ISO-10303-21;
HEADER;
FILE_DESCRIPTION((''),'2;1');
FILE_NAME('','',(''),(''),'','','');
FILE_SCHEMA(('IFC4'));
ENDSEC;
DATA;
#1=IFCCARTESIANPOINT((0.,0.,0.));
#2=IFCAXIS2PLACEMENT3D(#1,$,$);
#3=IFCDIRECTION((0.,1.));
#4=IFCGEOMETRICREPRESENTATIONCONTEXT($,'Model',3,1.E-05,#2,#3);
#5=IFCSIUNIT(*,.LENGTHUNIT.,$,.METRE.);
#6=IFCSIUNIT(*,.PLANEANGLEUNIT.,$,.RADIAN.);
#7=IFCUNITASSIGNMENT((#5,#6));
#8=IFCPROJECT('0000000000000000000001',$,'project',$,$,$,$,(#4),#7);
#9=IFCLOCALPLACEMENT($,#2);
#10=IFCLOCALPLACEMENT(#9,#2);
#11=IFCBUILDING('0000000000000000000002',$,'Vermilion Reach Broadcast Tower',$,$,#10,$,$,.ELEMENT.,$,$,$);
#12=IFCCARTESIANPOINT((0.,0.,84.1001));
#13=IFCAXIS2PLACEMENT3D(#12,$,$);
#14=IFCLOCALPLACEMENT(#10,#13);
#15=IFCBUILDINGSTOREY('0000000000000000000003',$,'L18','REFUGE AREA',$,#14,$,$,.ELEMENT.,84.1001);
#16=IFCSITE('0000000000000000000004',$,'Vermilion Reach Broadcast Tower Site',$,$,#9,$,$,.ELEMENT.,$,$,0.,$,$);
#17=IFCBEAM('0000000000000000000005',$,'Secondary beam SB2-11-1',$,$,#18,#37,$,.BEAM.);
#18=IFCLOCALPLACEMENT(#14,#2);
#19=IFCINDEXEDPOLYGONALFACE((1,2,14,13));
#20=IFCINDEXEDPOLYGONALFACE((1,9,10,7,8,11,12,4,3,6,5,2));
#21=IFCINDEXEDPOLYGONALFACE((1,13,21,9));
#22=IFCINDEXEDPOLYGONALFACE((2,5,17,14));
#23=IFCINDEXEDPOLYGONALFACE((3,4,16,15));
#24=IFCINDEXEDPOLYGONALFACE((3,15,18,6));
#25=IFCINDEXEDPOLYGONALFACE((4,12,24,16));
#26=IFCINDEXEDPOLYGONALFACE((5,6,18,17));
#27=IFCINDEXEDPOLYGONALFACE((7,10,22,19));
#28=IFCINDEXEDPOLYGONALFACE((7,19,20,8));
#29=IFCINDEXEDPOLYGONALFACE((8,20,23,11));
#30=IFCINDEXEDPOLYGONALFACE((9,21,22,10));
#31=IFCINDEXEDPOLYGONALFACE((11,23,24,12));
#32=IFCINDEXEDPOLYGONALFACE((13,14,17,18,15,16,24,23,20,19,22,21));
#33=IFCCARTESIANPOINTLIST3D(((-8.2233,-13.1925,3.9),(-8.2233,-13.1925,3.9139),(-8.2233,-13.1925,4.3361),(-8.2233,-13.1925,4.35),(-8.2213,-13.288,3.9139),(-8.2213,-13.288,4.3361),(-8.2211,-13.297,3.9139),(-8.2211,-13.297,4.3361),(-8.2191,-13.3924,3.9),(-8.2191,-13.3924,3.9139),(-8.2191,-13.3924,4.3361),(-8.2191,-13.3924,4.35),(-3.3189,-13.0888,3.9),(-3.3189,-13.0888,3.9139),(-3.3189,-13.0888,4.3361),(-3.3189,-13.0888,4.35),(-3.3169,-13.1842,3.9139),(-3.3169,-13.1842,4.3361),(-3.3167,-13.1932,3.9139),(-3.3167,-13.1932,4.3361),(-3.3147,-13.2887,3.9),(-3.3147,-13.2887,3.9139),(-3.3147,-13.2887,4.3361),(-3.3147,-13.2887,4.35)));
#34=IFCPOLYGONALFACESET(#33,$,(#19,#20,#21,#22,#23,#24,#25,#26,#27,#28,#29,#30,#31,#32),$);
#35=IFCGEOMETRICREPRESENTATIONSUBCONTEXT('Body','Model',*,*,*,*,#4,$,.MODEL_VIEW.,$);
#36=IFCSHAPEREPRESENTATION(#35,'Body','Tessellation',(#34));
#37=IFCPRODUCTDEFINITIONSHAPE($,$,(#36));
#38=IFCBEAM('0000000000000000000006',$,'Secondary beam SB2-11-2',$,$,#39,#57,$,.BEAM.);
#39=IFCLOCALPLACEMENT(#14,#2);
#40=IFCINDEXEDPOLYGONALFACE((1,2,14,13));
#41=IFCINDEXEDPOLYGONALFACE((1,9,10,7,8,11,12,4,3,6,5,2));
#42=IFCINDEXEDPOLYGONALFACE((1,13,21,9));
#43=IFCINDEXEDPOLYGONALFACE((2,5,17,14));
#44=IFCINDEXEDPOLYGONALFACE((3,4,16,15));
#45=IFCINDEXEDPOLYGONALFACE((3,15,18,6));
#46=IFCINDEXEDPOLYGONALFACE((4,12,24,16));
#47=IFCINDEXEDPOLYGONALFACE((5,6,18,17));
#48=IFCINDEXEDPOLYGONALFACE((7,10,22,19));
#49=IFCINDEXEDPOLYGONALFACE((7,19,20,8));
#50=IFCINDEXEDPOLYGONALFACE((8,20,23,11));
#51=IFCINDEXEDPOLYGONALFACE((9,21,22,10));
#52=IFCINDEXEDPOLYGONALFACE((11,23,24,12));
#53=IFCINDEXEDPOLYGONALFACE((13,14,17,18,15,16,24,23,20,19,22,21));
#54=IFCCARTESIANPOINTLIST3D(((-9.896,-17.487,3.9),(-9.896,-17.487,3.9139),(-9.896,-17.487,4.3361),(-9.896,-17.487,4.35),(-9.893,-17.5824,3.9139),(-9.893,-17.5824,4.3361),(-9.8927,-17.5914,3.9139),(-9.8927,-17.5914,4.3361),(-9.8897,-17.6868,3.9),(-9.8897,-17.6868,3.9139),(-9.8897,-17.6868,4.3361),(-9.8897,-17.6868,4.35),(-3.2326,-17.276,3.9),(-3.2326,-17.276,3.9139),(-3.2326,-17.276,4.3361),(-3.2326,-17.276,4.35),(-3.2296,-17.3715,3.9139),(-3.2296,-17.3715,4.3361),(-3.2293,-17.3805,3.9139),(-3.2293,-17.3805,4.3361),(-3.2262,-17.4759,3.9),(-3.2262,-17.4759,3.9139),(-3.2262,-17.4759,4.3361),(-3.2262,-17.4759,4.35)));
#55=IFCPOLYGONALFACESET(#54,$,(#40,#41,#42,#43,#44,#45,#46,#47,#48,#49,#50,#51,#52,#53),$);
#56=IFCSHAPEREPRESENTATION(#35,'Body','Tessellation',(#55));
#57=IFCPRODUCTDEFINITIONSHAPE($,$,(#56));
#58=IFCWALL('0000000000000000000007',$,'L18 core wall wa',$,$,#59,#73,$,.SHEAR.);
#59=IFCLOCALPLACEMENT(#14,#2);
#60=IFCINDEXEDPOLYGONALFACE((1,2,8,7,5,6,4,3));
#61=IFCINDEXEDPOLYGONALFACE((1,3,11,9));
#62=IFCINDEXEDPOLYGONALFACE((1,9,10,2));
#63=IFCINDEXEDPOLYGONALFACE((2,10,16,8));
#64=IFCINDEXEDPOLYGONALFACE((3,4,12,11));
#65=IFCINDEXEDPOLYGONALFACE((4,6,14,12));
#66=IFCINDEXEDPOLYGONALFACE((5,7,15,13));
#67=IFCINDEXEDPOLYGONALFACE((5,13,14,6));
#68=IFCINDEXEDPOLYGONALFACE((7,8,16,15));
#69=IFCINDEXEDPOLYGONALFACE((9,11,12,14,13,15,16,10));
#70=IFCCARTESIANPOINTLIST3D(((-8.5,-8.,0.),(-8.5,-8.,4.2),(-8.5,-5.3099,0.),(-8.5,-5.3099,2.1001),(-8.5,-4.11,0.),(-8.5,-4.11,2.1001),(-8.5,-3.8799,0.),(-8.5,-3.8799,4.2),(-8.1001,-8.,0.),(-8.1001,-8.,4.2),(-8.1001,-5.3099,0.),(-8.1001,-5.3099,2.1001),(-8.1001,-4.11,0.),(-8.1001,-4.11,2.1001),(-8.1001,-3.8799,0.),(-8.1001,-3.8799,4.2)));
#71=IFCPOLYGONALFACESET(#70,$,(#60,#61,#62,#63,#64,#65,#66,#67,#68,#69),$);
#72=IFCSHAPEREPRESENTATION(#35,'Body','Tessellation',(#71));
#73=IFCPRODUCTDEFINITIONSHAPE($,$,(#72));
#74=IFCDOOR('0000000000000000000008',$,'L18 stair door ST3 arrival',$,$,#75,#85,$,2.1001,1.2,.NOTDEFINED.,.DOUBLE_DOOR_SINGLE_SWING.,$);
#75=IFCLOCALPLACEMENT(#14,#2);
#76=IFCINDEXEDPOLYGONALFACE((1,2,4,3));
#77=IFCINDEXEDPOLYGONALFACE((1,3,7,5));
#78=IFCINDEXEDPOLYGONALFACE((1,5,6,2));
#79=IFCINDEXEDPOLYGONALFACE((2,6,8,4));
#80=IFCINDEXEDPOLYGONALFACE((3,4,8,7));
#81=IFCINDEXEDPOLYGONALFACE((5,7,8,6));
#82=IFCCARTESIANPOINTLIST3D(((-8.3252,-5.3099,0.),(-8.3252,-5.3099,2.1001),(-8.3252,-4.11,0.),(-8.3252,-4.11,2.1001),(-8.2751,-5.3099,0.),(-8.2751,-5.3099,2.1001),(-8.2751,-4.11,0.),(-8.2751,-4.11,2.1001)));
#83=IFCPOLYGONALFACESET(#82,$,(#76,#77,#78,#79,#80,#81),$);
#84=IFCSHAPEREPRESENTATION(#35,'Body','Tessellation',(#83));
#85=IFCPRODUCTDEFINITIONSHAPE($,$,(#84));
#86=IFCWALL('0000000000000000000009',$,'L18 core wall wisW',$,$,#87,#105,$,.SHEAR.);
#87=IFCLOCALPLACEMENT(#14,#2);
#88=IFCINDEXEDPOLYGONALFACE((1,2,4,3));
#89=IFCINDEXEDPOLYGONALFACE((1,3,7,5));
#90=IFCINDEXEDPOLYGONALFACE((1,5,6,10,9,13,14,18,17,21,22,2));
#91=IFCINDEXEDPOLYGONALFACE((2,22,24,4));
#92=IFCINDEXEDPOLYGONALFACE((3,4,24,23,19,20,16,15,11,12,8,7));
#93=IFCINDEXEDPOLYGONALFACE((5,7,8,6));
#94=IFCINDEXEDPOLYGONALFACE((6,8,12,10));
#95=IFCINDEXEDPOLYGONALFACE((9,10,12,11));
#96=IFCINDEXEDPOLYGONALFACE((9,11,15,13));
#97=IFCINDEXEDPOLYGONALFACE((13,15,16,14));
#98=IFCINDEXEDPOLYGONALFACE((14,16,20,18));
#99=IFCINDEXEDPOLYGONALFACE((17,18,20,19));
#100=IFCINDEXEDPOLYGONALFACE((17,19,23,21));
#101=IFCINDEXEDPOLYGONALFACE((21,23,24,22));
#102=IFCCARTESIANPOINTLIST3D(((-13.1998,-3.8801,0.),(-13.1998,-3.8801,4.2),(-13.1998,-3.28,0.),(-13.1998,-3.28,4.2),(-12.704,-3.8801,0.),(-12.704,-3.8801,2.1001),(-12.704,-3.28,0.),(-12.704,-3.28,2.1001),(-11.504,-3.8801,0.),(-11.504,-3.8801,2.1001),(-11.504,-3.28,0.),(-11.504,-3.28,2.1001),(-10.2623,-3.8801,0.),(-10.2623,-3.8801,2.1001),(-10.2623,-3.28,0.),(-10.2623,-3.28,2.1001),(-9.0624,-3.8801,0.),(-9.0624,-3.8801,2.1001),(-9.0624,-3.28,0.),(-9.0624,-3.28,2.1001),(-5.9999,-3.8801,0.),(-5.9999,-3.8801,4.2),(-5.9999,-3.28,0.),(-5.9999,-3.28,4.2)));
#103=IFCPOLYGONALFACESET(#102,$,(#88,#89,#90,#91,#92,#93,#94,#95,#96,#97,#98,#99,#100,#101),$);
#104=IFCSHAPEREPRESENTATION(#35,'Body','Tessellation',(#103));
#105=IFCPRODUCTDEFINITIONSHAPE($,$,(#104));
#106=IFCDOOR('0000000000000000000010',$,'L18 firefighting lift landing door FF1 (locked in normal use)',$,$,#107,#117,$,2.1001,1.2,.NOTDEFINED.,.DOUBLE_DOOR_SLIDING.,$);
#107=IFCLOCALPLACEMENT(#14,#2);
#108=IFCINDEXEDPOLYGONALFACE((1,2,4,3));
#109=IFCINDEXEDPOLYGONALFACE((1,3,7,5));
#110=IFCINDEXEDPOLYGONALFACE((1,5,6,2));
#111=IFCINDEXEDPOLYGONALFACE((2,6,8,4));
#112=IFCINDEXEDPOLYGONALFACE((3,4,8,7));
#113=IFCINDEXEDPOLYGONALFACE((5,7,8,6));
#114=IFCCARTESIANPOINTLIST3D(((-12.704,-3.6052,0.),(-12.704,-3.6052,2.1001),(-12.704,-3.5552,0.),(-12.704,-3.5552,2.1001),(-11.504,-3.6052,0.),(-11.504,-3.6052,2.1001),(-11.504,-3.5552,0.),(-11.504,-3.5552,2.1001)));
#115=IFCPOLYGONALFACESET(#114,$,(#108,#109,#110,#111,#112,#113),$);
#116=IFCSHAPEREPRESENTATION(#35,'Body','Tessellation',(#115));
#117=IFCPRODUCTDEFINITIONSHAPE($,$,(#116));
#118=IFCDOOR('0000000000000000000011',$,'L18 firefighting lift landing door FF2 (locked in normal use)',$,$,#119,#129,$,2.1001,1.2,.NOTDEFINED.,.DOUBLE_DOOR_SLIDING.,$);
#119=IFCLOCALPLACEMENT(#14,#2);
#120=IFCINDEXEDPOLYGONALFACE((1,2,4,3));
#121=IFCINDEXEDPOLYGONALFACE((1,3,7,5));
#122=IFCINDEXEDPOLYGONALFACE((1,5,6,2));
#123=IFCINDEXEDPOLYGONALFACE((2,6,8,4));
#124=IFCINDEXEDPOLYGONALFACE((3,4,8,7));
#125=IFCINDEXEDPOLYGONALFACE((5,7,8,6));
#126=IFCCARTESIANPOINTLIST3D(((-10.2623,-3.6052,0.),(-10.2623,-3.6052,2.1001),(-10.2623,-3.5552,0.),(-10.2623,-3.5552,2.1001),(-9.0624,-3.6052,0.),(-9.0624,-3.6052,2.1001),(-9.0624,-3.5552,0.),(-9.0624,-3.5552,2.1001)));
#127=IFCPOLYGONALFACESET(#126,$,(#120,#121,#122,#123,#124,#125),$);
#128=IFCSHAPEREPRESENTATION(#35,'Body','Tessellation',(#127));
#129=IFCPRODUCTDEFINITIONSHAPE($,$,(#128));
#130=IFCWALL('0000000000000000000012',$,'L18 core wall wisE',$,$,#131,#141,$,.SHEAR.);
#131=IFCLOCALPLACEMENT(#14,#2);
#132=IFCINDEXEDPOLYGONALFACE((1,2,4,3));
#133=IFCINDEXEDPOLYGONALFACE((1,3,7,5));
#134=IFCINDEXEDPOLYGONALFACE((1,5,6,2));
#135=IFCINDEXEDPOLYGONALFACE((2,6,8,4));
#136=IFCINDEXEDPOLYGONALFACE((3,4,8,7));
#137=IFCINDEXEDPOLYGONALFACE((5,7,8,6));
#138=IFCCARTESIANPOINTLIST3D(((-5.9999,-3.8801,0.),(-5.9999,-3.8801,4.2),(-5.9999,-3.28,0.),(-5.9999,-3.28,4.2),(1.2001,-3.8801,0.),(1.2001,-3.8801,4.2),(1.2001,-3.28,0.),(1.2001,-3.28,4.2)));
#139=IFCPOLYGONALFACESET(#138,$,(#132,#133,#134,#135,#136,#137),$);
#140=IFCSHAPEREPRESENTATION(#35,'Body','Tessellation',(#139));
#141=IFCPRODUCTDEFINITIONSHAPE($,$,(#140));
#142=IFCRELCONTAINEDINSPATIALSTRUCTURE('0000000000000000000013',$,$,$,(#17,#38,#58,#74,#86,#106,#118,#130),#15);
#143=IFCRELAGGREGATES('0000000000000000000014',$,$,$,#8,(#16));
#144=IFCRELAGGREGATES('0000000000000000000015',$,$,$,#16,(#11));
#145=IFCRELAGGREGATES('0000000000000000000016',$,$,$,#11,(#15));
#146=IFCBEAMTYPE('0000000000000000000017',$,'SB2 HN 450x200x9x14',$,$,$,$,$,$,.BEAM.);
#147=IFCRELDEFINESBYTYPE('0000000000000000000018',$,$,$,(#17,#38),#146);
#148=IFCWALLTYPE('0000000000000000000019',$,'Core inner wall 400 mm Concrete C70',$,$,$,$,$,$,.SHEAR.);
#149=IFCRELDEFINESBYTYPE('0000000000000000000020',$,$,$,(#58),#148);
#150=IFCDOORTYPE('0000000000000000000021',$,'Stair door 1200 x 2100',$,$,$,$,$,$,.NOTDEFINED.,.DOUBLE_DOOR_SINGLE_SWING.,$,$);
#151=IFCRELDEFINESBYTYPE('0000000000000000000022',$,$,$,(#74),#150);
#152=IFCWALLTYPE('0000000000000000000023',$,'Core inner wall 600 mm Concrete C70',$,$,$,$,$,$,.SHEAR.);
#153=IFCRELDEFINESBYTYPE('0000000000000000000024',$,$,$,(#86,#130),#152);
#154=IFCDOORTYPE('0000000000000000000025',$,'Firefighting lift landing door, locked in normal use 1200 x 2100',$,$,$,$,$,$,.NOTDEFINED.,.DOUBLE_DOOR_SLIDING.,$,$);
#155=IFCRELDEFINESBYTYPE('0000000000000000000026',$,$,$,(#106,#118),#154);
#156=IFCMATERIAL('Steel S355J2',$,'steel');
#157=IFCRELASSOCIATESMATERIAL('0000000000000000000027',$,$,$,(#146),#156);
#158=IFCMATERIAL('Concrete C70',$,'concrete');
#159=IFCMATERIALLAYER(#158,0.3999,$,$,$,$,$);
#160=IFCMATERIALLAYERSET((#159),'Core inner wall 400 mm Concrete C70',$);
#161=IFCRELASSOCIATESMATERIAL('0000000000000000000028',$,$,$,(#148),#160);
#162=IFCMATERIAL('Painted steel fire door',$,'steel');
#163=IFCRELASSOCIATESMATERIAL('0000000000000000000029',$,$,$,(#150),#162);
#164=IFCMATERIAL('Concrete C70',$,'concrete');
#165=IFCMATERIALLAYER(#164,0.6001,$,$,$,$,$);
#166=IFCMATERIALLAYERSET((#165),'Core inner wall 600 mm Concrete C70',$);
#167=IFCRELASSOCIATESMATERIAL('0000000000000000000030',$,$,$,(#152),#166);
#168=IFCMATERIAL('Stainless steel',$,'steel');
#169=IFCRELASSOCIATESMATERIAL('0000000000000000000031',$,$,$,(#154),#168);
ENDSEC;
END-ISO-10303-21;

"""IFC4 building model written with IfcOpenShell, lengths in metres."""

from ifc_helpers import new_model, si_unit, direction, frame, frame_2d, origin, origin_2d, place, context, subcontext, project, spatial, rectangle, i_section, extrude, material, layer, layer_set, material_profile, profile_set, type_object, element, fill, save


model = new_model("IFC4")

# Units and contexts
model_context = context("Model", 3, precision=1e-05, world=origin(), true_north=direction((0.0, 1.0)))
body_context = subcontext(model_context, "Body", "Model", "MODEL_VIEW")
ifc_project = project(units=[si_unit("LENGTHUNIT", "METRE"), si_unit("PLANEANGLEUNIT", "RADIAN")], contexts=[model_context])

# Site, building, storey
site_placement = place(None, origin())
site = spatial("IfcSite", under=ifc_project, at=site_placement, Name="Vermilion Reach Broadcast Tower Site", CompositionType="ELEMENT", RefElevation=0.0)
building_placement = place(site_placement, origin())
building = spatial("IfcBuilding", under=site, at=building_placement, Name="Vermilion Reach Broadcast Tower", CompositionType="ELEMENT")
storey_placement = place(building_placement, frame((0.0, 0.0, 84.1001)))
storey = spatial("IfcBuildingStorey", under=building, at=storey_placement, Name="L18", Description="REFUGE AREA", CompositionType="ELEMENT", Elevation=84.1001)

# Beams
ifc_material_1 = material(Name="Steel S355J2", Category="steel")
ifc_material_profile_1 = material_profile(ifc_material_1, i_section(OverallWidth=0.2, OverallDepth=0.45, WebThickness=0.009, FlangeThickness=0.0139, at=origin_2d()), Name="S355J2 HN 450x200x9x14")
ifc_profile_set_1 = profile_set([ifc_material_profile_1], Name="Steel S355J2")
beam_type_1 = type_object("IfcBeamType", Name="SB2 HN 450x200x9x14", PredefinedType="BEAM", material=ifc_profile_set_1)
beam_1_placement = place(storey_placement, frame((-8.2212, -13.2925, 4.125), z_axis=(0.999776, 0.021151, 0.0), x_axis=(-0.021151, 0.999776, 0.0)))
element("IfcBeam", 1, at=beam_1_placement, inside=storey, type_object=beam_type_1, Name="Secondary beam SB2-11-1", PredefinedType="BEAM", context=body_context, shape_type="SweptSolid", body=[
    extrude(i_section(OverallWidth=0.2, OverallDepth=0.45, WebThickness=0.009, FlangeThickness=0.0139, at=origin_2d()), origin(), (0.0, 0.0, 1.0), 4.9055),
])
beam_2_placement = place(storey_placement, frame((-9.8928, -17.5869, 4.125), z_axis=(0.999499, 0.031641, 0.0), x_axis=(-0.031641, 0.999499, 0.0)))
element("IfcBeam", 2, at=beam_2_placement, inside=storey, type_object=beam_type_1, Name="Secondary beam SB2-11-2", PredefinedType="BEAM", context=body_context, shape_type="SweptSolid", body=[
    extrude(i_section(OverallWidth=0.2, OverallDepth=0.45, WebThickness=0.009, FlangeThickness=0.0139, at=origin_2d()), origin(), (0.0, 0.0, 1.0), 6.6667),
])

# Wall, opening, door
ifc_material_2 = material(Name="Concrete C70", Category="concrete")
ifc_layer_1 = layer(ifc_material_2, 0.3999)
ifc_layer_set_1 = layer_set([ifc_layer_1], Name="Core inner wall 400 mm Concrete C70")
wall_type_1 = type_object("IfcWallType", Name="Core inner wall 400 mm Concrete C70", PredefinedType="SHEAR", material=ifc_layer_set_1)
wall_1_placement = place(storey_placement, frame((-8.3, -3.8799, 0.0), z_axis=(0.0, 0.0, 1.0), x_axis=(0.0, -1.0, 0.0)))
wall_1 = element("IfcWall", 3, at=wall_1_placement, inside=storey, type_object=wall_type_1, Name="L18 core wall wa", PredefinedType="SHEAR", context=body_context, shape_type="SweptSolid", body=[
    extrude(rectangle(XDim=4.1201, YDim=0.3999, at=frame_2d((2.0601, 0.0))), origin(), (0.0, 0.0, 1.0), 4.2),
])
opening_1_placement = place(wall_1_placement, frame((0.23, 0.0, 0.0)))
opening_1 = element("IfcOpeningElement", 4, at=opening_1_placement, cuts=wall_1, PredefinedType="OPENING", context=body_context, shape_type="SweptSolid", body=[
    extrude(rectangle(XDim=1.2, YDim=2.1001, at=frame_2d((0.6001, 1.05))), frame((0.0, 0.21, 0.0), z_axis=(0.0, -1.0, 0.0), x_axis=(1.0, 0.0, 0.0)), (0.0, 0.0, 1.0), 0.4199),
])
ifc_material_3 = material(Name="Painted steel fire door", Category="steel")
door_type_1 = type_object("IfcDoorType", Name="Stair door 1200 x 2100", OperationType="DOUBLE_DOOR_SINGLE_SWING", PredefinedType="NOTDEFINED", material=ifc_material_3)
door_1_placement = place(opening_1_placement, origin())
door_1 = element("IfcDoor", 5, at=door_1_placement, inside=storey, type_object=door_type_1, Name="L18 stair door ST3 arrival", OperationType="DOUBLE_DOOR_SINGLE_SWING", OverallHeight=2.1001, OverallWidth=1.2, PredefinedType="NOTDEFINED", context=body_context, shape_type="SweptSolid", body=[
    extrude(rectangle(XDim=1.2, YDim=2.1001, at=frame_2d((0.6001, 1.05))), frame((0.0, 0.0249, 0.0), z_axis=(0.0, -1.0, 0.0), x_axis=(1.0, 0.0, 0.0)), (0.0, 0.0, 1.0), 0.05),
])
fill(opening_1, door_1)

# Wall, openings, doors
ifc_material_4 = material(Name="Concrete C70", Category="concrete")
ifc_layer_2 = layer(ifc_material_4, 0.6001)
ifc_layer_set_2 = layer_set([ifc_layer_2], Name="Core inner wall 600 mm Concrete C70")
wall_type_2 = type_object("IfcWallType", Name="Core inner wall 600 mm Concrete C70", PredefinedType="SHEAR", material=ifc_layer_set_2)
wall_2_placement = place(storey_placement, frame((-13.2, -3.5801, 0.0), z_axis=(0.0, 0.0, 1.0), x_axis=(1.0, 0.0, 0.0)))
wall_2 = element("IfcWall", 6, at=wall_2_placement, inside=storey, type_object=wall_type_2, Name="L18 core wall wisW", PredefinedType="SHEAR", context=body_context, shape_type="SweptSolid", body=[
    extrude(rectangle(XDim=7.2, YDim=0.6001, at=frame_2d((3.6001, 0.0))), origin(), (0.0, 0.0, 1.0), 4.2),
])
opening_2_placement = place(wall_2_placement, frame((0.4958, 0.0, 0.0)))
opening_2 = element("IfcOpeningElement", 7, at=opening_2_placement, cuts=wall_2, PredefinedType="OPENING", context=body_context, shape_type="SweptSolid", body=[
    extrude(rectangle(XDim=1.2, YDim=2.1001, at=frame_2d((0.6001, 1.05))), frame((0.0, 0.3101, 0.0), z_axis=(0.0, -1.0, 0.0), x_axis=(1.0, 0.0, 0.0)), (0.0, 0.0, 1.0), 0.6201),
])
opening_3_placement = place(wall_2_placement, frame((2.9375, 0.0, 0.0)))
opening_3 = element("IfcOpeningElement", 8, at=opening_3_placement, cuts=wall_2, PredefinedType="OPENING", context=body_context, shape_type="SweptSolid", body=[
    extrude(rectangle(XDim=1.2, YDim=2.1001, at=frame_2d((0.6001, 1.05))), frame((0.0, 0.3101, 0.0), z_axis=(0.0, -1.0, 0.0), x_axis=(1.0, 0.0, 0.0)), (0.0, 0.0, 1.0), 0.6201),
])
ifc_material_5 = material(Name="Stainless steel", Category="steel")
door_type_2 = type_object("IfcDoorType", Name="Firefighting lift landing door, locked in normal use 1200 x 2100", OperationType="DOUBLE_DOOR_SLIDING", PredefinedType="NOTDEFINED", material=ifc_material_5)
door_2_placement = place(opening_2_placement, origin())
door_2 = element("IfcDoor", 9, at=door_2_placement, inside=storey, type_object=door_type_2, Name="L18 firefighting lift landing door FF1 (locked in normal use)", OperationType="DOUBLE_DOOR_SLIDING", OverallHeight=2.1001, OverallWidth=1.2, PredefinedType="NOTDEFINED", context=body_context, shape_type="SweptSolid", body=[
    extrude(rectangle(XDim=1.2, YDim=2.1001, at=frame_2d((0.6001, 1.05))), frame((0.0, 0.0249, 0.0), z_axis=(0.0, -1.0, 0.0), x_axis=(1.0, 0.0, 0.0)), (0.0, 0.0, 1.0), 0.05),
])
fill(opening_2, door_2)
door_3_placement = place(opening_3_placement, origin())
door_3 = element("IfcDoor", 10, at=door_3_placement, inside=storey, type_object=door_type_2, Name="L18 firefighting lift landing door FF2 (locked in normal use)", OperationType="DOUBLE_DOOR_SLIDING", OverallHeight=2.1001, OverallWidth=1.2, PredefinedType="NOTDEFINED", context=body_context, shape_type="SweptSolid", body=[
    extrude(rectangle(XDim=1.2, YDim=2.1001, at=frame_2d((0.6001, 1.05))), frame((0.0, 0.0249, 0.0), z_axis=(0.0, -1.0, 0.0), x_axis=(1.0, 0.0, 0.0)), (0.0, 0.0, 1.0), 0.05),
])
fill(opening_3, door_3)

# Wall
wall_3_placement = place(storey_placement, frame((-6.0, -3.5801, 0.0), z_axis=(0.0, 0.0, 1.0), x_axis=(1.0, 0.0, 0.0)))
element("IfcWall", 11, at=wall_3_placement, inside=storey, type_object=wall_type_2, Name="L18 core wall wisE", PredefinedType="SHEAR", context=body_context, shape_type="SweptSolid", body=[
    extrude(rectangle(XDim=7.2, YDim=0.6001, at=frame_2d((3.6001, 0.0))), origin(), (0.0, 0.0, 1.0), 4.2),
])

save(model, "model.ifc")
